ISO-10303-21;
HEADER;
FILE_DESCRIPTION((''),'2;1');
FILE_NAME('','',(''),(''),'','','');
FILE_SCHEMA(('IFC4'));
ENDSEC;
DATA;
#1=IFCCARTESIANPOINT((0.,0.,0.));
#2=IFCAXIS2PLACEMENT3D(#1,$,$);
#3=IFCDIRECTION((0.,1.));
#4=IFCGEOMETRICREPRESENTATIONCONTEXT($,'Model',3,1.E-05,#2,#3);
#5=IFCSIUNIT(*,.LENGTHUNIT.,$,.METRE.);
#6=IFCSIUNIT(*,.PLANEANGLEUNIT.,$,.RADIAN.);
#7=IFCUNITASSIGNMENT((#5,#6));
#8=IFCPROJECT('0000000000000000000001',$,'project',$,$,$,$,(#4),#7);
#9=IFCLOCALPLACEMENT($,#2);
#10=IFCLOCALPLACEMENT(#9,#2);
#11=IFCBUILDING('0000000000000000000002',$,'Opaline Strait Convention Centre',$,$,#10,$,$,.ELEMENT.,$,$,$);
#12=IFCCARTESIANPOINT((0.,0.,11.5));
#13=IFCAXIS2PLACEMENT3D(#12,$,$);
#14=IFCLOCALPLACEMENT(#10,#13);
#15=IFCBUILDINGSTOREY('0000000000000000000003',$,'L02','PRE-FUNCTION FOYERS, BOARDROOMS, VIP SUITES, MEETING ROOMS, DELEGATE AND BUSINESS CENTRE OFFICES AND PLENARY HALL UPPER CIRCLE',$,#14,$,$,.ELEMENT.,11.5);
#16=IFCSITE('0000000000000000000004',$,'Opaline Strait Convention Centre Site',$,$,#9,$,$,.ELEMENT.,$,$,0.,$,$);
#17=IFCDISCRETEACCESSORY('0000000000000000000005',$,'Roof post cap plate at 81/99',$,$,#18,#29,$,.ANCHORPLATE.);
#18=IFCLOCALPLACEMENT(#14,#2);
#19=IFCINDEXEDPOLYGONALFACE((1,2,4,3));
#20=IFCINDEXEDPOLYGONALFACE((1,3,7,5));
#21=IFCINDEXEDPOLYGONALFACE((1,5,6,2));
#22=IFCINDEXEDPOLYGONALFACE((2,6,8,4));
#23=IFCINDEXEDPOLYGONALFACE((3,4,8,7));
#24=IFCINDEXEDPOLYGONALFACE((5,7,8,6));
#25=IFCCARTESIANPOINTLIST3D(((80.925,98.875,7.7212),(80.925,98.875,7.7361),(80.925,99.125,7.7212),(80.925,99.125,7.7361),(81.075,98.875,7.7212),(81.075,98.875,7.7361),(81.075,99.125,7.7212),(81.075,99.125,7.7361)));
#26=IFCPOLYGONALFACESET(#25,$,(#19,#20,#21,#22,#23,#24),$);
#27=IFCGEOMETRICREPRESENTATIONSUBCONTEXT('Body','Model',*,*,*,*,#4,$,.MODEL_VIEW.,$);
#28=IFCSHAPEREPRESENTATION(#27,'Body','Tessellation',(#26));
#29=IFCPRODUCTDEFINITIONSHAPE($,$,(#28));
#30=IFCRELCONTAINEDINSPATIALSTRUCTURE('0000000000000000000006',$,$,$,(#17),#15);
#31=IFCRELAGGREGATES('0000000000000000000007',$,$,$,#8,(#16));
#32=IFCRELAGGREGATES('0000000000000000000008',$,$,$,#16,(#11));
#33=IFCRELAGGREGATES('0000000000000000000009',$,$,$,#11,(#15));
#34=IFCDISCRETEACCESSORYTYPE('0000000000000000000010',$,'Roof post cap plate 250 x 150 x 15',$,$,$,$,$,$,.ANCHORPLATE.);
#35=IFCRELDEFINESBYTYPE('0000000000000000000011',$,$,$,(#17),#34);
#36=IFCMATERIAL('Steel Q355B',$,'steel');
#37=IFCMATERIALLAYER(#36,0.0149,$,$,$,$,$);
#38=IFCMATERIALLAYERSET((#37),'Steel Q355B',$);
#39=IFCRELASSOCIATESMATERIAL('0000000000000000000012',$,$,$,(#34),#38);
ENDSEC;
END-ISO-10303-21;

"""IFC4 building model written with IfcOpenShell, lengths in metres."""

from ifc_helpers import new_model, si_unit, direction, frame, origin, origin_2d, place, context, subcontext, project, spatial, rectangle, extrude, material, layer, layer_set, type_object, element, save


model = new_model("IFC4")

# Units and contexts
model_context = context("Model", 3, precision=1e-05, world=origin(), true_north=direction((0.0, 1.0)))
body_context = subcontext(model_context, "Body", "Model", "MODEL_VIEW")
ifc_project = project(units=[si_unit("LENGTHUNIT", "METRE"), si_unit("PLANEANGLEUNIT", "RADIAN")], contexts=[model_context])

# Site, building, storey
site_placement = place(None, origin())
site = spatial("IfcSite", under=ifc_project, at=site_placement, Name="Opaline Strait Convention Centre Site", CompositionType="ELEMENT", RefElevation=0.0)
building_placement = place(site_placement, origin())
building = spatial("IfcBuilding", under=site, at=building_placement, Name="Opaline Strait Convention Centre", CompositionType="ELEMENT")
storey_placement = place(building_placement, frame((0.0, 0.0, 11.5)))
storey = spatial("IfcBuildingStorey", under=building, at=storey_placement, Name="L02", Description="PRE-FUNCTION FOYERS, BOARDROOMS, VIP SUITES, MEETING ROOMS, DELEGATE AND BUSINESS CENTRE OFFICES AND PLENARY HALL UPPER CIRCLE", CompositionType="ELEMENT", Elevation=11.5)

# Shared definitions
ifc_material_1 = material(Name="Steel Q355B", Category="steel")

# Discrete accessory
ifc_layer_1 = layer(ifc_material_1, 0.0149)
ifc_layer_set_1 = layer_set([ifc_layer_1], Name="Steel Q355B")
discrete_accessory_type_1 = type_object("IfcDiscreteAccessoryType", Name="Roof post cap plate 250 x 150 x 15", PredefinedType="ANCHORPLATE", material=ifc_layer_set_1)
discrete_accessory_1_placement = place(storey_placement, frame((81.0, 99.0, 7.7212), z_axis=(0.0, 0.0, 1.0), x_axis=(1.0, 0.0, 0.0)))
element("IfcDiscreteAccessory", 1, at=discrete_accessory_1_placement, inside=storey, type_object=discrete_accessory_type_1, Name="Roof post cap plate at 81/99", PredefinedType="ANCHORPLATE", context=body_context, shape_type="SweptSolid", body=[
    extrude(rectangle(XDim=0.1499, YDim=0.25, at=origin_2d()), origin(), (0.0, 0.0, 1.0), 0.0149),
])

save(model, "model.ifc")
